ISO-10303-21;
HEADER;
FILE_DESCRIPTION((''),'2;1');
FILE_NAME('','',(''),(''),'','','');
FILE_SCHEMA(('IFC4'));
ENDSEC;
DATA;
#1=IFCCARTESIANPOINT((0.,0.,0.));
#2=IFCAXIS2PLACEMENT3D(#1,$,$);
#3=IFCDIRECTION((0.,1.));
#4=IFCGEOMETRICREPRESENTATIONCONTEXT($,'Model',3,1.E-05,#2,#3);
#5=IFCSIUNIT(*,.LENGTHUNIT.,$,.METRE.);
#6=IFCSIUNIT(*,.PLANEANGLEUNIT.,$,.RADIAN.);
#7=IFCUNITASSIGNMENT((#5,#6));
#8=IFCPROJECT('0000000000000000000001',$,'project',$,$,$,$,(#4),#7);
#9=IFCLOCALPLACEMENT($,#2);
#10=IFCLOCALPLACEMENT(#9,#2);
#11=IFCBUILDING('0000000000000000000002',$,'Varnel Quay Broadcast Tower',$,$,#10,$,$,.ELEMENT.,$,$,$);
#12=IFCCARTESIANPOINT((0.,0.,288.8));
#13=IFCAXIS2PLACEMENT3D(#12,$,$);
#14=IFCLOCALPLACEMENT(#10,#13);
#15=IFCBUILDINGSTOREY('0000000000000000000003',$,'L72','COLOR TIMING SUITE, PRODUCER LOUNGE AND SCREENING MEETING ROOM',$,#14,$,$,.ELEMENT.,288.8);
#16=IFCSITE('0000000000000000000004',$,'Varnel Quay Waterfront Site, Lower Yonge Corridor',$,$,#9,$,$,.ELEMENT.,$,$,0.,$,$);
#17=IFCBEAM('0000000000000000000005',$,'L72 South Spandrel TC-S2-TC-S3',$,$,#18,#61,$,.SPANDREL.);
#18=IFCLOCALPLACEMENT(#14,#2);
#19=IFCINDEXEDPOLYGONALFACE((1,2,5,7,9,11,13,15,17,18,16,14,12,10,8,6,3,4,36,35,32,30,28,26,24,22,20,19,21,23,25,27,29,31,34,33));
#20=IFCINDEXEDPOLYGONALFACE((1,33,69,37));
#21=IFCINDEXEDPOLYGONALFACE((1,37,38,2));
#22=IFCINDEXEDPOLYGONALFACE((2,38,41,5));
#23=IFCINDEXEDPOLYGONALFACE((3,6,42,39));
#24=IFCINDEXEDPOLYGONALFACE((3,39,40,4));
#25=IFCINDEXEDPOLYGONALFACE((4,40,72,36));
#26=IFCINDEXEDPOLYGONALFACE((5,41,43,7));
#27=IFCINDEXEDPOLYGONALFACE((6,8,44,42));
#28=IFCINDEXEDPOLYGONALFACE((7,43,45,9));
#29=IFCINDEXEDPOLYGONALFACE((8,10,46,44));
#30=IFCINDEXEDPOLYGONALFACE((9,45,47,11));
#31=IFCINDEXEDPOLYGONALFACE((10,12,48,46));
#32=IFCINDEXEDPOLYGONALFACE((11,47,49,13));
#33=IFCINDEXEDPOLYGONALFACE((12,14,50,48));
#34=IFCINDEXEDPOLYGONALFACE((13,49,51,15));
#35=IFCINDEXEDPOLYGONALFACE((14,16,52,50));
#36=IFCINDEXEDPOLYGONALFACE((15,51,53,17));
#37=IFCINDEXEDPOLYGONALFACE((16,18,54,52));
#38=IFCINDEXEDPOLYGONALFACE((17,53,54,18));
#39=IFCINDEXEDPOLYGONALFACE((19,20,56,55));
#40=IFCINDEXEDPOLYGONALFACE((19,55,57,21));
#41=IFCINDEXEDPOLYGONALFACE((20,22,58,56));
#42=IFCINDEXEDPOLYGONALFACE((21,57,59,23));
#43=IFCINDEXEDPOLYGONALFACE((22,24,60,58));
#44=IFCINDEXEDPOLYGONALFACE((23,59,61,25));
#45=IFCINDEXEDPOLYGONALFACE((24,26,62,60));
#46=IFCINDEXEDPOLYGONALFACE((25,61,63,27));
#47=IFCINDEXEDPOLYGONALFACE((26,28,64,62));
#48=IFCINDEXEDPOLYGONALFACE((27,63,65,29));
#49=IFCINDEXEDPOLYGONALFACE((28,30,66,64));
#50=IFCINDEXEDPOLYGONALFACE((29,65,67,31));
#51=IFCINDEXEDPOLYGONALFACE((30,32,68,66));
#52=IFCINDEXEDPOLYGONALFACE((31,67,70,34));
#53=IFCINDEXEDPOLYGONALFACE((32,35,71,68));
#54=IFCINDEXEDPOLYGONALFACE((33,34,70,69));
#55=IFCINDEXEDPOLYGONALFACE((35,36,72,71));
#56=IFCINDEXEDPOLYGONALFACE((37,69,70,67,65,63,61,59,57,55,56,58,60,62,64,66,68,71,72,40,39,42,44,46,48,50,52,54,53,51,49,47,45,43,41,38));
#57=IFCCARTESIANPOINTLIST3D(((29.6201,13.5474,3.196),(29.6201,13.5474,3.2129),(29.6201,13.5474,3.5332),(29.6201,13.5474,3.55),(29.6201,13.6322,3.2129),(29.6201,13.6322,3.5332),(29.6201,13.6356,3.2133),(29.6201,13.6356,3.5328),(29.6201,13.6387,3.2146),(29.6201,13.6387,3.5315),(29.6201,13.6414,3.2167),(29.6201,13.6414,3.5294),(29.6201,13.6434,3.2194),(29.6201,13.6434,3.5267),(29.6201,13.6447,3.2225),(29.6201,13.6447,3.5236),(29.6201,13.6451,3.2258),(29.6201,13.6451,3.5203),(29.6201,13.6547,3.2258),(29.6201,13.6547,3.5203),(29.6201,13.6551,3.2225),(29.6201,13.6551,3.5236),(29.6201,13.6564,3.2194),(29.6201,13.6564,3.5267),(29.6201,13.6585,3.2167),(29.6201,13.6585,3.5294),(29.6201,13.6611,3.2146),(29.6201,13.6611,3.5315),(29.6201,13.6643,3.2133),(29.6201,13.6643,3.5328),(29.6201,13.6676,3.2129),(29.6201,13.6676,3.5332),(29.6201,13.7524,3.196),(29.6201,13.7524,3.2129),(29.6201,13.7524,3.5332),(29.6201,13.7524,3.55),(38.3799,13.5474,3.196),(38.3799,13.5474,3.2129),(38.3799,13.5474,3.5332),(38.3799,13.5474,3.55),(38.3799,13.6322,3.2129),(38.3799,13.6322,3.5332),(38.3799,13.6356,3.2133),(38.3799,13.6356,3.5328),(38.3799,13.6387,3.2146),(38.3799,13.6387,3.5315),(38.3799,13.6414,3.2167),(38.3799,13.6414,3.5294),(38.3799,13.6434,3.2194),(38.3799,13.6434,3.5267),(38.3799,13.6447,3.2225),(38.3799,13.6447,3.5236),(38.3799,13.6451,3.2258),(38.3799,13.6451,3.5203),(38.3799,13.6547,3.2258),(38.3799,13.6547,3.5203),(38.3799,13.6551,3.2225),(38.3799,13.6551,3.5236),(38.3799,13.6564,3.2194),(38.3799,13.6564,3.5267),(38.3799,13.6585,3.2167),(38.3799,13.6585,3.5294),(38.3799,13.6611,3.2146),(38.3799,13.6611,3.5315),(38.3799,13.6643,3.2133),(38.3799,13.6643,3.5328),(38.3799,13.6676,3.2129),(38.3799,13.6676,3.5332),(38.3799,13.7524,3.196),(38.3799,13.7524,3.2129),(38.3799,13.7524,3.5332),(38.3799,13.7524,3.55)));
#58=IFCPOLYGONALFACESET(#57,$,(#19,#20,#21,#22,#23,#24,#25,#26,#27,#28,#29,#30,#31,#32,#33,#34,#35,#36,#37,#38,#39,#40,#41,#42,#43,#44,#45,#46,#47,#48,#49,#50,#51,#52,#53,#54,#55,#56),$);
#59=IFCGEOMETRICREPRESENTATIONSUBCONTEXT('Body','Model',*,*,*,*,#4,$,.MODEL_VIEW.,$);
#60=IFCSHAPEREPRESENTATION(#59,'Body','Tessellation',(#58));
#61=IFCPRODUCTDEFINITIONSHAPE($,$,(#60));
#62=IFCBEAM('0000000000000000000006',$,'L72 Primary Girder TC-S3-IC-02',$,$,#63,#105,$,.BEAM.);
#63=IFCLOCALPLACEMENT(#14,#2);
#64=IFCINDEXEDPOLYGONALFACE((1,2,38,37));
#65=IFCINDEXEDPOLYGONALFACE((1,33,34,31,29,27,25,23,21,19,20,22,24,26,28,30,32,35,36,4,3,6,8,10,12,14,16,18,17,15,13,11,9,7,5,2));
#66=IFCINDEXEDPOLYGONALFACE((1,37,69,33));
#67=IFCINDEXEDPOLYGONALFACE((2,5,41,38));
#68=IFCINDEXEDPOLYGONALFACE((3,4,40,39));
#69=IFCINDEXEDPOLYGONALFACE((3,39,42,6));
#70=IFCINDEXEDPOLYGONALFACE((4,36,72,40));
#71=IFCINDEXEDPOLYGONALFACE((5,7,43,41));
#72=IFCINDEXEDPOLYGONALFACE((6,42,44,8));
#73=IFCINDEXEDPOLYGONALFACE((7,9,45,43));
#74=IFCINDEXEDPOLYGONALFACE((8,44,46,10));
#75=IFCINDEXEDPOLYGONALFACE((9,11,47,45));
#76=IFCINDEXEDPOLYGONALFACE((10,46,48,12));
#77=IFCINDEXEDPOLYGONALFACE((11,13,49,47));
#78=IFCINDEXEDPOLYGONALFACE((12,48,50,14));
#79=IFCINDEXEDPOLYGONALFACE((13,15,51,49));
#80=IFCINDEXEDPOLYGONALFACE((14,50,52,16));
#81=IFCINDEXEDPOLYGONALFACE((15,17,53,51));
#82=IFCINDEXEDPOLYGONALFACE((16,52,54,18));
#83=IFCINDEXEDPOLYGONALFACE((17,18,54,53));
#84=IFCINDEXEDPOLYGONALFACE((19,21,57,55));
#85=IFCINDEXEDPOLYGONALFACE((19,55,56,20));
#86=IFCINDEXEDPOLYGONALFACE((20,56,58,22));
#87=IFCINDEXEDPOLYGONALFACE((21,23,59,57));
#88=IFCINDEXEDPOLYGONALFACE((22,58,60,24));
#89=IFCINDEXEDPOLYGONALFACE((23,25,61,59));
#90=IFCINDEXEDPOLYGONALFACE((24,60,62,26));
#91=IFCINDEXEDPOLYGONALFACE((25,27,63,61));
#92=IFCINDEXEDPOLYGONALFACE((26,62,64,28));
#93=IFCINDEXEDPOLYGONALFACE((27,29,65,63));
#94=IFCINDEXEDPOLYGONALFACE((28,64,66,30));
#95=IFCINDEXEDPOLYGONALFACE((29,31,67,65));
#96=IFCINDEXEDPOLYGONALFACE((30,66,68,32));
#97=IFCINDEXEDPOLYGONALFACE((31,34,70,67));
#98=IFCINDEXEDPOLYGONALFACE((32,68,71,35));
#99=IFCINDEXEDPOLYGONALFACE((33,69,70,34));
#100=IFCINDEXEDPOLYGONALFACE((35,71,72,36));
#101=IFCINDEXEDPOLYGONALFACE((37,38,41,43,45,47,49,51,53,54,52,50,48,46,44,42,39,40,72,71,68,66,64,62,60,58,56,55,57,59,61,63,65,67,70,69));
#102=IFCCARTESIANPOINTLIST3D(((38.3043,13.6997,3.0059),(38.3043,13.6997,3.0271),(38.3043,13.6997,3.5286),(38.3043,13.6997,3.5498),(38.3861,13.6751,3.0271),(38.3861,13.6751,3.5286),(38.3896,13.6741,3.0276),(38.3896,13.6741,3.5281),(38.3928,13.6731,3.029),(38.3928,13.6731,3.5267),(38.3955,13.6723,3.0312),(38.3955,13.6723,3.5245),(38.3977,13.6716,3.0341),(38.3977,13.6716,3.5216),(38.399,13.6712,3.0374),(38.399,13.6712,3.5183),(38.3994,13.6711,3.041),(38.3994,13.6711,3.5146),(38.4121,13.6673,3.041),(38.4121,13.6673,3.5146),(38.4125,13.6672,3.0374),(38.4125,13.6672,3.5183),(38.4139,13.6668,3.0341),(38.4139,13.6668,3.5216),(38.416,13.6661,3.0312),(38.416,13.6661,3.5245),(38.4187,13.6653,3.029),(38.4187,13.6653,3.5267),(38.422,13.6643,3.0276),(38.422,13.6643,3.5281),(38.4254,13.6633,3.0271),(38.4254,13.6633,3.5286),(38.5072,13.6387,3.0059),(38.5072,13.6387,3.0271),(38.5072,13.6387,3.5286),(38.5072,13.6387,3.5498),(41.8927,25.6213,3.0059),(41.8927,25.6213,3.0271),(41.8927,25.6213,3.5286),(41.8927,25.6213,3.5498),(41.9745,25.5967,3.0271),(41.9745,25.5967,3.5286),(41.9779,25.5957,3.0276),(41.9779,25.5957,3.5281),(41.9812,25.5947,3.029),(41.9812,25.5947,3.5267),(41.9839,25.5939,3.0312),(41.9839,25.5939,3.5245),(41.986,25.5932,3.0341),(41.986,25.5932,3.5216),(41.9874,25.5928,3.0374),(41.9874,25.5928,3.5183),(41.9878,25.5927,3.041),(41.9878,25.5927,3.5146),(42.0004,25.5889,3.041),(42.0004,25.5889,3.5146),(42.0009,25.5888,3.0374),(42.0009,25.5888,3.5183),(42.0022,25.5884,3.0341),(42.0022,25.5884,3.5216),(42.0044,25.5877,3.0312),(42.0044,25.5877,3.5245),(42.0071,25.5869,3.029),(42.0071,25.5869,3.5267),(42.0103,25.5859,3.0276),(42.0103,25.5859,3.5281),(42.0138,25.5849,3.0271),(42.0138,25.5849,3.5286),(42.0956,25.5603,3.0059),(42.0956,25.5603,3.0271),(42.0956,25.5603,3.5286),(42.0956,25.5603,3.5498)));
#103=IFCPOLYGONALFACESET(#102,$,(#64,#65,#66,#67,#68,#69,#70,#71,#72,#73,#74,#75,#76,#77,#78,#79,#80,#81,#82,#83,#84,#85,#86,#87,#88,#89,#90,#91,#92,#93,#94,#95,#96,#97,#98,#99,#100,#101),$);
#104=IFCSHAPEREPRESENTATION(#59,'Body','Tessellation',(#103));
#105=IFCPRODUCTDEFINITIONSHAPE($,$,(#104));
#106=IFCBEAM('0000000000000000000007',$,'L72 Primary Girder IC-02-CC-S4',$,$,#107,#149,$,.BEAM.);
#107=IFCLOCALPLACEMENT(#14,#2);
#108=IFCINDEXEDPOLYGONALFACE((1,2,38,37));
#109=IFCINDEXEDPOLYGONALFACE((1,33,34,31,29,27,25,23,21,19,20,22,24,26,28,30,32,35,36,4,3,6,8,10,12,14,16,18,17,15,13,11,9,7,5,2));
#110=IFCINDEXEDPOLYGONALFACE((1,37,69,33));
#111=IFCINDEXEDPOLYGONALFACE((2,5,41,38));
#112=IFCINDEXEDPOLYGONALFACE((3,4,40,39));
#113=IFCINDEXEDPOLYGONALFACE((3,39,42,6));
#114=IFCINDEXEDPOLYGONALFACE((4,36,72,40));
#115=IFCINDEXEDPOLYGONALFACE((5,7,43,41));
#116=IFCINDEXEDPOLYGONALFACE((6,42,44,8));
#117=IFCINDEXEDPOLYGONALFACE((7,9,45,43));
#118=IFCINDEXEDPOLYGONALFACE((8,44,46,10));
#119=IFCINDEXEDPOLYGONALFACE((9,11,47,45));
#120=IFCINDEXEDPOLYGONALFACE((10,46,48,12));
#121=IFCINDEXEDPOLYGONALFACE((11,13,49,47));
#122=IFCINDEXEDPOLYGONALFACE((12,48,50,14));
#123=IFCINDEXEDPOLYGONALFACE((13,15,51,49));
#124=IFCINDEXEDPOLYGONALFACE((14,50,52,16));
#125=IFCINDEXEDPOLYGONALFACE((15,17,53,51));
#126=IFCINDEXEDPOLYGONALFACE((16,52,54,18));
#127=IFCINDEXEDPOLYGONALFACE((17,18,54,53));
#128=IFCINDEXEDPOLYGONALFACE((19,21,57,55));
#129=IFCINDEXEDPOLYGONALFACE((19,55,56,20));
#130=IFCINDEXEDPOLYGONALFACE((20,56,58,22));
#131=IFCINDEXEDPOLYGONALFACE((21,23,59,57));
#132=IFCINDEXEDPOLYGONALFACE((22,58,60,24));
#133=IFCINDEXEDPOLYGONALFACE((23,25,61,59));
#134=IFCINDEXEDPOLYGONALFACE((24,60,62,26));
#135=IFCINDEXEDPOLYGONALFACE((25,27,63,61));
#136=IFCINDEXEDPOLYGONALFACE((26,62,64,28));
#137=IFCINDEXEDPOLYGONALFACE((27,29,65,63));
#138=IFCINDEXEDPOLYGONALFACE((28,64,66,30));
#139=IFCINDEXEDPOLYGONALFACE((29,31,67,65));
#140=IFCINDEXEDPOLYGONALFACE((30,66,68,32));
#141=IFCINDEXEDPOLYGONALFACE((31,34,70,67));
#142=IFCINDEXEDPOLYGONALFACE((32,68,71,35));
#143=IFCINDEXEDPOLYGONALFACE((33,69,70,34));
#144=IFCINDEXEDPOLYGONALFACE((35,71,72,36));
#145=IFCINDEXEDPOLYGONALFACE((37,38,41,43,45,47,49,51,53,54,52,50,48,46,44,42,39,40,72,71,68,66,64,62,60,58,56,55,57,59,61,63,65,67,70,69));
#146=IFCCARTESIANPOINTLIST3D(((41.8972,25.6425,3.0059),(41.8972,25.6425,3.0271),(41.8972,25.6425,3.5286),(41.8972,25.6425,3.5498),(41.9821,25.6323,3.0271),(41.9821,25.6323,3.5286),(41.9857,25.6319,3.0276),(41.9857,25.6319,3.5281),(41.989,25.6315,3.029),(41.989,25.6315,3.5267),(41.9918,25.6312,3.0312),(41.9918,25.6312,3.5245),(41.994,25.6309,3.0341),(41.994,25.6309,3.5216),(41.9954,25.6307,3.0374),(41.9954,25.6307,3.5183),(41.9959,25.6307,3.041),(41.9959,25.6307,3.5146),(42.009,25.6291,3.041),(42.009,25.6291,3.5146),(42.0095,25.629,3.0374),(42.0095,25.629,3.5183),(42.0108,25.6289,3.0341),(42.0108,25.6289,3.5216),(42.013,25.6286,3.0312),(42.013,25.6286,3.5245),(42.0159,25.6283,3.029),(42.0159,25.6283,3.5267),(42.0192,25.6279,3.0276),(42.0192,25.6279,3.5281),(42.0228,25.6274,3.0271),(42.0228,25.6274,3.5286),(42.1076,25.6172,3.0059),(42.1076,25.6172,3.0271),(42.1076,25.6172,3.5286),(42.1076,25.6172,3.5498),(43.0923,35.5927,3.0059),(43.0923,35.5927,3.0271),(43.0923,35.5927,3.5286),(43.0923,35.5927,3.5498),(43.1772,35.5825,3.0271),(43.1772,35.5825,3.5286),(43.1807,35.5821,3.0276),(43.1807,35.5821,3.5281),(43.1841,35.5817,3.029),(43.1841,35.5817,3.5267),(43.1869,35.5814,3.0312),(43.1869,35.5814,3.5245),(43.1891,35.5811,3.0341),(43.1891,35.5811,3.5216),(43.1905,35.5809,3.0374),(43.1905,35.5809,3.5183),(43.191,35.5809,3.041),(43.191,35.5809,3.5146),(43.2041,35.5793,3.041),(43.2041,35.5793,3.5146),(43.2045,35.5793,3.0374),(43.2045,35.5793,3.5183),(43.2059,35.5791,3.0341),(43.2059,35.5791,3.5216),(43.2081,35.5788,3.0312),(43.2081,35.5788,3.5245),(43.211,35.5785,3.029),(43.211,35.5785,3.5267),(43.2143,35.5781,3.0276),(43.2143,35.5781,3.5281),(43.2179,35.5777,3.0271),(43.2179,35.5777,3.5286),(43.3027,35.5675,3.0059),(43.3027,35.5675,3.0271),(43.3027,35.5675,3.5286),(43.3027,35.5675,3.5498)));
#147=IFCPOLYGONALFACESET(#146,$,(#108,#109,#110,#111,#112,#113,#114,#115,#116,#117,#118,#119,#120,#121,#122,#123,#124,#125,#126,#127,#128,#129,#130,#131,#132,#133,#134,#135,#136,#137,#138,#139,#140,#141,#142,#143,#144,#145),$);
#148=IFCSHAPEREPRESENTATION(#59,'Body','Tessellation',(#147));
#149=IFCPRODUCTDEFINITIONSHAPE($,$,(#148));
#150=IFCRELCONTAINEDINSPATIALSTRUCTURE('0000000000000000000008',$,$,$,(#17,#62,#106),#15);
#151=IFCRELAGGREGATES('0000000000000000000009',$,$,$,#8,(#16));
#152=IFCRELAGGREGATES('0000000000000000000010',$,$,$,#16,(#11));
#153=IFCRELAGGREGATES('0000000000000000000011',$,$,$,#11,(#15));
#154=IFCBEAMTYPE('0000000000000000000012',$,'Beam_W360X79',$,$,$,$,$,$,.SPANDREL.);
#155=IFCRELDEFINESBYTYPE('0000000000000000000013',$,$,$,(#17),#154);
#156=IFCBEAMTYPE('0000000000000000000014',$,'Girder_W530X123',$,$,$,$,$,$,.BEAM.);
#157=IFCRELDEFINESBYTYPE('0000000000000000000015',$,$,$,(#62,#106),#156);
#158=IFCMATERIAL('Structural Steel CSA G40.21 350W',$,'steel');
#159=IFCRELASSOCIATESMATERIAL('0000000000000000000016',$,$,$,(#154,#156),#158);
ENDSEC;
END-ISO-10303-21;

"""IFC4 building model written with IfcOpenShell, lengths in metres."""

from ifc_helpers import new_model, si_unit, direction, frame, origin, origin_2d, place, context, subcontext, project, spatial, i_section, extrude, source, transform, mapped, material, material_profile, profile_set, type_object, element, save


model = new_model("IFC4")

# Units and contexts
model_context = context("Model", 3, precision=1e-05, world=origin(), true_north=direction((0.0, 1.0)))
body_context = subcontext(model_context, "Body", "Model", "MODEL_VIEW")
ifc_project = project(units=[si_unit("LENGTHUNIT", "METRE"), si_unit("PLANEANGLEUNIT", "RADIAN")], contexts=[model_context])

# Site, building, storey
site_placement = place(None, origin())
site = spatial("IfcSite", under=ifc_project, at=site_placement, Name="Varnel Quay Waterfront Site, Lower Yonge Corridor", CompositionType="ELEMENT", RefElevation=0.0)
building_placement = place(site_placement, origin())
building = spatial("IfcBuilding", under=site, at=building_placement, Name="Varnel Quay Broadcast Tower", CompositionType="ELEMENT")
storey_placement = place(building_placement, frame((0.0, 0.0, 288.8)))
storey = spatial("IfcBuildingStorey", under=building, at=storey_placement, Name="L72", Description="COLOR TIMING SUITE, PRODUCER LOUNGE AND SCREENING MEETING ROOM", CompositionType="ELEMENT", Elevation=288.8)

# Shared definitions
ifc_material_1 = material(Name="Structural Steel CSA G40.21 350W", Category="steel")

# Beams
ifc_material_profile_1 = material_profile(ifc_material_1, i_section(OverallWidth=0.2051, OverallDepth=0.354, WebThickness=0.0095, FlangeThickness=0.0168, FilletRadius=0.0129, at=origin_2d()), Name="W360X79")
ifc_profile_set_1 = profile_set([ifc_material_profile_1], Name="Structural Steel CSA G40.21 350W")
beam_type_1 = type_object("IfcBeamType", Name="Beam_W360X79", PredefinedType="SPANDREL", material=ifc_profile_set_1)
shared_shape_1 = source(origin(), body_context, "Body", "SweptSolid", [
    extrude(i_section(OverallWidth=0.2051, OverallDepth=0.354, WebThickness=0.0095, FlangeThickness=0.0168, FilletRadius=0.0129, at=origin_2d()), origin(), (0.0, 0.0, 1.0), 8.7598),
])
beam_1_placement = place(storey_placement, frame((29.6201, 13.6499, 3.373), z_axis=(1.0, 0.0, 0.0), x_axis=(0.0, 1.0, 0.0)))
element("IfcBeam", 1, at=beam_1_placement, inside=storey, type_object=beam_type_1, Name="L72 South Spandrel TC-S2-TC-S3", PredefinedType="SPANDREL", context=body_context, shape_type="MappedRepresentation", body=[
    mapped(shared_shape_1, transform((0.0, 0.0, 0.0), x_axis=(1.0, 0.0, 0.0), y_axis=(0.0, 1.0, 0.0), z_axis=(0.0, 0.0, 1.0), scale=1.0)),
])
ifc_material_profile_2 = material_profile(ifc_material_1, i_section(OverallWidth=0.2119, OverallDepth=0.5439, WebThickness=0.0132, FlangeThickness=0.0212, FilletRadius=0.0139, at=origin_2d()), Name="W530X123")
ifc_profile_set_2 = profile_set([ifc_material_profile_2], Name="Structural Steel CSA G40.21 350W")
beam_type_2 = type_object("IfcBeamType", Name="Girder_W530X123", PredefinedType="BEAM", material=ifc_profile_set_2)
shared_shape_2 = source(origin(), body_context, "Body", "SweptSolid", [
    extrude(i_section(OverallWidth=0.2119, OverallDepth=0.5439, WebThickness=0.0132, FlangeThickness=0.0212, FilletRadius=0.0139, at=origin_2d()), origin(), (0.0, 0.0, 1.0), 12.45),
])
beam_2_placement = place(storey_placement, frame((38.4058, 13.6692, 3.2778), z_axis=(0.288224, 0.957563, 0.0), x_axis=(-0.957563, 0.288224, 0.0)))
element("IfcBeam", 2, at=beam_2_placement, inside=storey, type_object=beam_type_2, Name="L72 Primary Girder TC-S3-IC-02", PredefinedType="BEAM", context=body_context, shape_type="MappedRepresentation", body=[
    mapped(shared_shape_2, transform((0.0, 0.0, 0.0), x_axis=(1.0, 0.0, 0.0), y_axis=(0.0, 1.0, 0.0), z_axis=(0.0, 0.0, 1.0), scale=1.0)),
])
shared_shape_3 = source(origin(), body_context, "Body", "SweptSolid", [
    extrude(i_section(OverallWidth=0.2119, OverallDepth=0.5439, WebThickness=0.0132, FlangeThickness=0.0212, FilletRadius=0.0139, at=origin_2d()), origin(), (0.0, 0.0, 1.0), 10.0217),
])
beam_3_placement = place(storey_placement, frame((42.0024, 25.6299, 3.2778), z_axis=(0.119248, 0.992864, 0.0), x_axis=(-0.992864, 0.119248, 0.0)))
element("IfcBeam", 3, at=beam_3_placement, inside=storey, type_object=beam_type_2, Name="L72 Primary Girder IC-02-CC-S4", PredefinedType="BEAM", context=body_context, shape_type="MappedRepresentation", body=[
    mapped(shared_shape_3, transform((0.0, 0.0, 0.0), x_axis=(1.0, 0.0, 0.0), y_axis=(0.0, 1.0, 0.0), z_axis=(0.0, 0.0, 1.0), scale=1.0)),
])

save(model, "model.ifc")
